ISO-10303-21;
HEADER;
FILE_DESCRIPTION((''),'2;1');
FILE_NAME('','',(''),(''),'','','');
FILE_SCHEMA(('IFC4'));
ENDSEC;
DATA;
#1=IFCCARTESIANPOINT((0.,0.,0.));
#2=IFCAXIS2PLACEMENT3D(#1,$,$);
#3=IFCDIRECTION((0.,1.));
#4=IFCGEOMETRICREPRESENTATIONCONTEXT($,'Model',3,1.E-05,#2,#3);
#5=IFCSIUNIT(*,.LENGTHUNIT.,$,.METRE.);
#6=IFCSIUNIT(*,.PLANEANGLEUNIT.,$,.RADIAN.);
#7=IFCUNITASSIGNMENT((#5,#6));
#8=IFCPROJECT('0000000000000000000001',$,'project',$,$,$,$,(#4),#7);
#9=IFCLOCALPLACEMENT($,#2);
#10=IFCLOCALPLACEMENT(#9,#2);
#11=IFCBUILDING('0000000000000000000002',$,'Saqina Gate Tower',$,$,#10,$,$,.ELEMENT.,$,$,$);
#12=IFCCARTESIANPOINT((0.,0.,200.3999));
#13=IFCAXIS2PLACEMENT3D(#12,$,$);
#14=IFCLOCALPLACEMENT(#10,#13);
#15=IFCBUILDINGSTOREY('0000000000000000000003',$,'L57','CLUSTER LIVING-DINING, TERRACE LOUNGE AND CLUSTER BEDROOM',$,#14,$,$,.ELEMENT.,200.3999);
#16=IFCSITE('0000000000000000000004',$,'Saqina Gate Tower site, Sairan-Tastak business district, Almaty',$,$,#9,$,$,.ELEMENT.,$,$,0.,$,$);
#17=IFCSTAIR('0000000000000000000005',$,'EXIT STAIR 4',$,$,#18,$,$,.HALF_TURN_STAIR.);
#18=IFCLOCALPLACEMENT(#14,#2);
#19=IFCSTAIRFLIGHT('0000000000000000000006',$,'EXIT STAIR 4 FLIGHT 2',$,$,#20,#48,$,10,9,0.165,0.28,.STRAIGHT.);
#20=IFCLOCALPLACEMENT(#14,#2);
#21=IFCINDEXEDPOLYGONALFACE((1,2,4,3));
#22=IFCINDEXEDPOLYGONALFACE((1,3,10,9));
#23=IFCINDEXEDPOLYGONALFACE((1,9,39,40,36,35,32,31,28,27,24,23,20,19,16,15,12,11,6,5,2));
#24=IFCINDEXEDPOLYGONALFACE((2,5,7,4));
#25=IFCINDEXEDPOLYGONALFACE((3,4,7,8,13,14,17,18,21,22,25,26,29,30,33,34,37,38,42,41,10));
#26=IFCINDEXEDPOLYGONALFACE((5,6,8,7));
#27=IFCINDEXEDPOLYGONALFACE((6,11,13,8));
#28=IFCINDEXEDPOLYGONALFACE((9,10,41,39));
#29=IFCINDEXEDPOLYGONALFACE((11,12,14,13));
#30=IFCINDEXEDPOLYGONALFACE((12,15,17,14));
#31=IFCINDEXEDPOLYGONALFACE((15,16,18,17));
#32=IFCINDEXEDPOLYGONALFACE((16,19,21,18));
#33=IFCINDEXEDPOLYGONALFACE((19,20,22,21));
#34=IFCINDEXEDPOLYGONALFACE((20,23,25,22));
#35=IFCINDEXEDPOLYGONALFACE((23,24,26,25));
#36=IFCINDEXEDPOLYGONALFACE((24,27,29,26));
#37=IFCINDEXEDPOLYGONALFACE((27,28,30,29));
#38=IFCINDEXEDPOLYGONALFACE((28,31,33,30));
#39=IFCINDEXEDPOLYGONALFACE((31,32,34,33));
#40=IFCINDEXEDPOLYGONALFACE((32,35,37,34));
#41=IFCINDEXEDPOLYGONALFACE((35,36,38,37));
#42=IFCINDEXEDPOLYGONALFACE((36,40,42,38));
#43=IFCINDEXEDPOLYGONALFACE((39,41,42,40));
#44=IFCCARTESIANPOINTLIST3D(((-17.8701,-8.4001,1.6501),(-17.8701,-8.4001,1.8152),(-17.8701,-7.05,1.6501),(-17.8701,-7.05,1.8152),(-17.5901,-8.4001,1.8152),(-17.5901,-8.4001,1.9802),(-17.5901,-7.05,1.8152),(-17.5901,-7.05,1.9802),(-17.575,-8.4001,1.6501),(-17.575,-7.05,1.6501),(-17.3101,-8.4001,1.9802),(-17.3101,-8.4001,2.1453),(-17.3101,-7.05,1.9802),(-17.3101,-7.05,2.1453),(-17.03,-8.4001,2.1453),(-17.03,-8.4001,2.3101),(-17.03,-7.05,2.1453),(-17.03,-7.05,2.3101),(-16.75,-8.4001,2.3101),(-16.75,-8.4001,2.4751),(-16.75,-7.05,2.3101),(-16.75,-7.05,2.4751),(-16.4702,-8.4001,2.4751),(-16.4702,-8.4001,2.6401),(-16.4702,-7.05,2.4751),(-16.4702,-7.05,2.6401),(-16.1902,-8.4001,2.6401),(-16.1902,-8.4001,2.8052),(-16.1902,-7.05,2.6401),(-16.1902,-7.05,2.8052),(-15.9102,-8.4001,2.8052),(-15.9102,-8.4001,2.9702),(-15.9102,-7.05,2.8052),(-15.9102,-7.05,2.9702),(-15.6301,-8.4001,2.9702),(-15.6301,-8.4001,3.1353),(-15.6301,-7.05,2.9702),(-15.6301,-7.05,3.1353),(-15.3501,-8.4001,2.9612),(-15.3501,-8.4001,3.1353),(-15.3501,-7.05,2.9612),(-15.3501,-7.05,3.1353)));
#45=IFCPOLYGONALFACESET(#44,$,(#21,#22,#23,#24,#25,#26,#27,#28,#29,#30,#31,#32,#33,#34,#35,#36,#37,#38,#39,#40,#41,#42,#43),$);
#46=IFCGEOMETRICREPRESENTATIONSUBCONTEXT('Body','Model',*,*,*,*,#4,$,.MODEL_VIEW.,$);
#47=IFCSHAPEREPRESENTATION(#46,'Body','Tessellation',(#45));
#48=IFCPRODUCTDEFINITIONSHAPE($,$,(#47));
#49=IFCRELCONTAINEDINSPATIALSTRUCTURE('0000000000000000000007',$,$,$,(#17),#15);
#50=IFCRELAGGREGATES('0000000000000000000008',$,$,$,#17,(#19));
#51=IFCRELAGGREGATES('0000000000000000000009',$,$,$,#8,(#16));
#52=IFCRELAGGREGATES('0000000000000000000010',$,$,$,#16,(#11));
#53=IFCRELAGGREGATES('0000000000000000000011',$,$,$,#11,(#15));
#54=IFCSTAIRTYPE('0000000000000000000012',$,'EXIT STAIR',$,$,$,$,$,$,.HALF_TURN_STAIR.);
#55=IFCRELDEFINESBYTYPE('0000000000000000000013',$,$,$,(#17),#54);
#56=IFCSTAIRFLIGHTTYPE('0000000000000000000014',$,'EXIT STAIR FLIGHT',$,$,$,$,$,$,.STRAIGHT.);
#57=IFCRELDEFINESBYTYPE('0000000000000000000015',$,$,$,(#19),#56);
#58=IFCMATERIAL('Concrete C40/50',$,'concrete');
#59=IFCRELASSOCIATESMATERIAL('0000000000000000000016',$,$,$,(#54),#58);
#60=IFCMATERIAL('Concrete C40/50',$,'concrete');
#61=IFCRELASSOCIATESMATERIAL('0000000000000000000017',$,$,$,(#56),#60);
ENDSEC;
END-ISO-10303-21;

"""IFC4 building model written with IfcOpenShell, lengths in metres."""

from ifc_helpers import new_model, si_unit, direction, frame, origin, place, context, subcontext, project, spatial, polyline, outline, extrude, material, type_object, element, aggregate, save


model = new_model("IFC4")

# Units and contexts
model_context = context("Model", 3, precision=1e-05, world=origin(), true_north=direction((0.0, 1.0)))
body_context = subcontext(model_context, "Body", "Model", "MODEL_VIEW")
ifc_project = project(units=[si_unit("LENGTHUNIT", "METRE"), si_unit("PLANEANGLEUNIT", "RADIAN")], contexts=[model_context])

# Site, building, storey
site_placement = place(None, origin())
site = spatial("IfcSite", under=ifc_project, at=site_placement, Name="Saqina Gate Tower site, Sairan-Tastak business district, Almaty", CompositionType="ELEMENT", RefElevation=0.0)
building_placement = place(site_placement, origin())
building = spatial("IfcBuilding", under=site, at=building_placement, Name="Saqina Gate Tower", CompositionType="ELEMENT")
storey_placement = place(building_placement, frame((0.0, 0.0, 200.3999)))
storey = spatial("IfcBuildingStorey", under=building, at=storey_placement, Name="L57", Description="CLUSTER LIVING-DINING, TERRACE LOUNGE AND CLUSTER BEDROOM", CompositionType="ELEMENT", Elevation=200.3999)

# Stair, stair flight
ifc_material_1 = material(Name="Concrete C40/50", Category="concrete")
stair_type = type_object("IfcStairType", Name="EXIT STAIR", PredefinedType="HALF_TURN_STAIR", material=ifc_material_1)
stair_placement = place(storey_placement, origin())
stair = element("IfcStair", 1, at=stair_placement, inside=storey, type_object=stair_type, Name="EXIT STAIR 4", PredefinedType="HALF_TURN_STAIR")
ifc_material_2 = material(Name="Concrete C40/50", Category="concrete")
stair_flight_type = type_object("IfcStairFlightType", Name="EXIT STAIR FLIGHT", PredefinedType="STRAIGHT", material=ifc_material_2)
stair_flight_placement = place(storey_placement, frame((-17.8701, -7.7251, 1.6501), z_axis=(0.0, 0.0, 1.0), x_axis=(1.0, 0.0, 0.0)))
stair_flight = element("IfcStairFlight", 2, at=stair_flight_placement, type_object=stair_flight_type, Name="EXIT STAIR 4 FLIGHT 2", NumberOfRisers=10, NumberOfTreads=9, PredefinedType="STRAIGHT", RiserHeight=0.165, TreadLength=0.28, context=body_context, shape_type="SweptSolid", body=[
    extrude(outline(polyline([(0.0, 0.0), (0.0, 0.165), (0.28, 0.165), (0.28, 0.3301), (0.5601, 0.3301), (0.5601, 0.4951), (0.8401, 0.4951), (0.8401, 0.6599), (1.1201, 0.6599), (1.1201, 0.825), (1.3999, 0.825), (1.3999, 0.99), (1.6799, 0.99), (1.6799, 1.155), (1.96, 1.155), (1.96, 1.3201), (2.24, 1.3201), (2.24, 1.4851), (2.52, 1.4851), (2.52, 1.6499), (2.52, 1.311), (0.2952, 0.0), (0.0, 0.0)])), frame((0.0, 0.675, 0.0), z_axis=(0.0, -1.0, 0.0), x_axis=(1.0, 0.0, 0.0)), (0.0, 0.0, 1.0), 1.3501),
])
aggregate(stair, [stair_flight])

save(model, "model.ifc")
